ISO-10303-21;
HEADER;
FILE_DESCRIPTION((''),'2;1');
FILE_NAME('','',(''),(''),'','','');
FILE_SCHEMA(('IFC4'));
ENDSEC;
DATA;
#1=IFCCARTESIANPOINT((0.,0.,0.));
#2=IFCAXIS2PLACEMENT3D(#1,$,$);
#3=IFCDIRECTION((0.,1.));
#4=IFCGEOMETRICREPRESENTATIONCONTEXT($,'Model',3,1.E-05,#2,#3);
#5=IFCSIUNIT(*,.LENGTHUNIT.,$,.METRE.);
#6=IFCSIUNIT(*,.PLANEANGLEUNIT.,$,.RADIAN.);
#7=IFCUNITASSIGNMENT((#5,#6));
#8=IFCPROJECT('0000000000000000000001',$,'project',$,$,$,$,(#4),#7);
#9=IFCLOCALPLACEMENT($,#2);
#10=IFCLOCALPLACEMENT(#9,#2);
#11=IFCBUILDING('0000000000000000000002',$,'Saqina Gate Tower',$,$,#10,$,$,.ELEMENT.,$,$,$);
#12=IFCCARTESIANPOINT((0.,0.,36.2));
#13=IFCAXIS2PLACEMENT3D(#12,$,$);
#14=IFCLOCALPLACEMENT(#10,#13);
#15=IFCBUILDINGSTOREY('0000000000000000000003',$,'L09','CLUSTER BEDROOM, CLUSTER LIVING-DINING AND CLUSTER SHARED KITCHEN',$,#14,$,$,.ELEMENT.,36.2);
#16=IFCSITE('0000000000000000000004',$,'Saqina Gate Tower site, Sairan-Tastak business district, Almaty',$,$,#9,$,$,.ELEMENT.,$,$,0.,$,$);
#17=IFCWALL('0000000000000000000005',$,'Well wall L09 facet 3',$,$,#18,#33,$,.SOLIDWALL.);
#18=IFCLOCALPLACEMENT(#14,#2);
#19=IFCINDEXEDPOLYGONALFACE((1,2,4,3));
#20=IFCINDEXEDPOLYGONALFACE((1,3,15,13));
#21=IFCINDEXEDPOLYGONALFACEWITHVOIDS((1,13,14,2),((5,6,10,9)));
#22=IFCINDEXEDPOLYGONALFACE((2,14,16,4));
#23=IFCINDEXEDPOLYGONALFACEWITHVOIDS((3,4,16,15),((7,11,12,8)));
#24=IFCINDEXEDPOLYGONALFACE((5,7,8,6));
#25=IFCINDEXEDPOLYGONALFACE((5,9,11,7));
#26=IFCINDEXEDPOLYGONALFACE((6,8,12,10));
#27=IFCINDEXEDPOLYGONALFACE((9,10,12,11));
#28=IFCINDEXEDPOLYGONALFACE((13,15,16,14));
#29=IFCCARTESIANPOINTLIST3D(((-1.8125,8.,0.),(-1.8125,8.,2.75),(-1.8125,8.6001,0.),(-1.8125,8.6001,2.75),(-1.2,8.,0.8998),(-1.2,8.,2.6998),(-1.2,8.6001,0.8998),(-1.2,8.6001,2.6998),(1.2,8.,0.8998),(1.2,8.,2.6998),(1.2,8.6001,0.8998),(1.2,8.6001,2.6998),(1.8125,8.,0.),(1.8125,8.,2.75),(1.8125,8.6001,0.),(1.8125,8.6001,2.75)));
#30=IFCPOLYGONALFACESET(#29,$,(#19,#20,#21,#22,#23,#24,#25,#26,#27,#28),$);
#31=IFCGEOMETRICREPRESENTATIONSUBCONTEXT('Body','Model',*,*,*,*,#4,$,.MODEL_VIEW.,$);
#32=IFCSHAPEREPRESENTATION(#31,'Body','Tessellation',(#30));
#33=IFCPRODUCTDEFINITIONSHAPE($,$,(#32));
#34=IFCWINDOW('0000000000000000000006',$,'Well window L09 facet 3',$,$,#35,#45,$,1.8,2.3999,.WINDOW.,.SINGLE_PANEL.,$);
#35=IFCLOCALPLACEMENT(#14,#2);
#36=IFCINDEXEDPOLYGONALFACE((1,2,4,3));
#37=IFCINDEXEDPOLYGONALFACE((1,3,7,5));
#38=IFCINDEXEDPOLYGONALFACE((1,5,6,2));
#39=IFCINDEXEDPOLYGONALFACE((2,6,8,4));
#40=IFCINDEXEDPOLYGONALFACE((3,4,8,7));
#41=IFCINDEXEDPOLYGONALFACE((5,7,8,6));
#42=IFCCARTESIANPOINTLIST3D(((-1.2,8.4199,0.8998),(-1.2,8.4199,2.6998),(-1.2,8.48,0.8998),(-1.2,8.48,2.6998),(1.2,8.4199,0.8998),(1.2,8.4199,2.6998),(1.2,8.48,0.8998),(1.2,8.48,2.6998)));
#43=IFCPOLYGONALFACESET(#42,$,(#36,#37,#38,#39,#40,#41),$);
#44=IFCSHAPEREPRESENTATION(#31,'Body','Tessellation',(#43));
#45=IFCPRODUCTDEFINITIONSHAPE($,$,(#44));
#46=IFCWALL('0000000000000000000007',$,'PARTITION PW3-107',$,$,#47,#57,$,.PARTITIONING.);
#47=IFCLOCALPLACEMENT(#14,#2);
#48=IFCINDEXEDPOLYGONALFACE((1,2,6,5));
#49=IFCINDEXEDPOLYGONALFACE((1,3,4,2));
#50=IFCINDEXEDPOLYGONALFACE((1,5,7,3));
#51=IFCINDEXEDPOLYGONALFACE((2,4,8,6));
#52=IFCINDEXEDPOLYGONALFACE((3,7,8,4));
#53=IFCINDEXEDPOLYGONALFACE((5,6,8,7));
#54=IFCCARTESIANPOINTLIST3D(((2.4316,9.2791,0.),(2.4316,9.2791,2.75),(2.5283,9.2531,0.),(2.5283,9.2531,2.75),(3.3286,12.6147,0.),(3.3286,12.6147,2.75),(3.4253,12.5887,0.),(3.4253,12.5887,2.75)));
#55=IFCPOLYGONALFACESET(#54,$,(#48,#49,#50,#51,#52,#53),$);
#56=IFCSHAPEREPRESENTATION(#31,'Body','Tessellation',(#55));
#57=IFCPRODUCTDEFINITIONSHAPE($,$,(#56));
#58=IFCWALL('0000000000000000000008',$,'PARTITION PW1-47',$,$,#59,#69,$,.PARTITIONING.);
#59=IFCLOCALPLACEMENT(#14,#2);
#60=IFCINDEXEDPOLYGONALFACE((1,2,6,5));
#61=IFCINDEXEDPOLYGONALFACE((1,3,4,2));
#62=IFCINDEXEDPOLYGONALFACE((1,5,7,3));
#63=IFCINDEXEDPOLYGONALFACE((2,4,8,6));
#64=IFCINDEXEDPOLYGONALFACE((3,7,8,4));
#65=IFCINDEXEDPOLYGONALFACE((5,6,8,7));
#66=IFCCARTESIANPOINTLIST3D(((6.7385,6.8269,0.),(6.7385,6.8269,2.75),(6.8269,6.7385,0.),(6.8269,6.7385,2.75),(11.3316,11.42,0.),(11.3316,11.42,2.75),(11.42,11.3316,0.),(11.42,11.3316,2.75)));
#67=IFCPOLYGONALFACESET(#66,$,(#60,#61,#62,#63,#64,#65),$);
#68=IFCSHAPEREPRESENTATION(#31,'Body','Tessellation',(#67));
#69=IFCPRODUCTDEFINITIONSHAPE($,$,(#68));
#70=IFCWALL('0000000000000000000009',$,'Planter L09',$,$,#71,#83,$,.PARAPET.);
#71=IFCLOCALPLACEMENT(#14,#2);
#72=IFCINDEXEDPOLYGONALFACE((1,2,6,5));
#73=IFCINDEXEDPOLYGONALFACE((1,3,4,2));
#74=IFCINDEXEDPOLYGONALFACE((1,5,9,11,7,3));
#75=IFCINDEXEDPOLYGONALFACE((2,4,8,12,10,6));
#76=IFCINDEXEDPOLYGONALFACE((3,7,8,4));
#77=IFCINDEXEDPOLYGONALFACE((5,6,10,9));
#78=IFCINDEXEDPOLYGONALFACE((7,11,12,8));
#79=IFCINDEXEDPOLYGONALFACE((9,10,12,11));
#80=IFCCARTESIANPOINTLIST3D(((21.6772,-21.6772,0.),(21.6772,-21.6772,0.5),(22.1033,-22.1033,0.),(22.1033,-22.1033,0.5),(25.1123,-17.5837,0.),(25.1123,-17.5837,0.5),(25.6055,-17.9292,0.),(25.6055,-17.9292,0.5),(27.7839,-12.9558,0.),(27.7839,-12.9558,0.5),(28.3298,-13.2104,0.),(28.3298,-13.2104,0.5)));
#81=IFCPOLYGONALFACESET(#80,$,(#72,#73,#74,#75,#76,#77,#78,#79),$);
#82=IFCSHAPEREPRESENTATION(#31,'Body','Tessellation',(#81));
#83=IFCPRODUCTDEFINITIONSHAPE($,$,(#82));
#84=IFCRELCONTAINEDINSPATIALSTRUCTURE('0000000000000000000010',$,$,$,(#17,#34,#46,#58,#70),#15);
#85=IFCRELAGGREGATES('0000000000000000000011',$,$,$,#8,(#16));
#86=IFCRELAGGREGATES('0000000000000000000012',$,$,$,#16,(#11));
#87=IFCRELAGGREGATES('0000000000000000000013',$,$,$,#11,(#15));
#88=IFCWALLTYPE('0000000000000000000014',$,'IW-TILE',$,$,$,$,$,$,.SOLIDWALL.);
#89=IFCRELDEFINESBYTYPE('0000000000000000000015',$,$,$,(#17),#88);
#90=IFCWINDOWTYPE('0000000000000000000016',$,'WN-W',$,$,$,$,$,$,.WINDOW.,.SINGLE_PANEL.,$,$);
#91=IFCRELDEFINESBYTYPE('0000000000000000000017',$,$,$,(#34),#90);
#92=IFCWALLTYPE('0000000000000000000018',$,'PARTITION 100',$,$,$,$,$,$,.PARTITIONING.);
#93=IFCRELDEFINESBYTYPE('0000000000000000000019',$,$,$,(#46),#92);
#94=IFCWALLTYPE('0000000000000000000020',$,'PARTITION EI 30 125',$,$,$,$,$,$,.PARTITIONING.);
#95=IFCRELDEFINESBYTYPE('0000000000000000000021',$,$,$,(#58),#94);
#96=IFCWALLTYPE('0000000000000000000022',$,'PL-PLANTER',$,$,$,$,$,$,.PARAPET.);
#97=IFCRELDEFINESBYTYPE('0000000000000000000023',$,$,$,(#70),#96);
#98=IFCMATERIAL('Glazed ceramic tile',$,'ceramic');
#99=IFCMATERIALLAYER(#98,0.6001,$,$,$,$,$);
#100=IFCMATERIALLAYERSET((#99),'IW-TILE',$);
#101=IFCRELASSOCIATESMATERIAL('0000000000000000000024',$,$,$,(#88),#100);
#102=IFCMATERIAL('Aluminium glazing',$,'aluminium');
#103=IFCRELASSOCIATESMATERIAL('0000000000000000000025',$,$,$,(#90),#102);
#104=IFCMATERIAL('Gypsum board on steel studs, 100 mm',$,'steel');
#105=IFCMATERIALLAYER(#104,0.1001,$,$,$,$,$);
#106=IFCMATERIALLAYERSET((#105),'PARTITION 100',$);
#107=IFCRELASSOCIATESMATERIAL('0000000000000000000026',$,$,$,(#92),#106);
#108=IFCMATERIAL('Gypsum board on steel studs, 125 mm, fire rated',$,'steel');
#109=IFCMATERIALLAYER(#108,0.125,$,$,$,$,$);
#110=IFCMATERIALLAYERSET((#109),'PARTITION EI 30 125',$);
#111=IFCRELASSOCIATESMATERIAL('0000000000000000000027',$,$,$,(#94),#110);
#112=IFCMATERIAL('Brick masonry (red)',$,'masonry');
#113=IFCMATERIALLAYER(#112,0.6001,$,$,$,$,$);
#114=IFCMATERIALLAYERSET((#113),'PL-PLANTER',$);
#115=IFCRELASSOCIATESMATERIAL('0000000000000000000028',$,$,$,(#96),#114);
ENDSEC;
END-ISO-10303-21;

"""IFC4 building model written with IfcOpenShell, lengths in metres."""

from ifc_helpers import new_model, si_unit, direction, frame, frame_2d, origin, place, context, subcontext, project, spatial, polyline, rectangle, outline, extrude, material, layer, layer_set, type_object, element, fill, save


model = new_model("IFC4")

# Units and contexts
model_context = context("Model", 3, precision=1e-05, world=origin(), true_north=direction((0.0, 1.0)))
body_context = subcontext(model_context, "Body", "Model", "MODEL_VIEW")
ifc_project = project(units=[si_unit("LENGTHUNIT", "METRE"), si_unit("PLANEANGLEUNIT", "RADIAN")], contexts=[model_context])

# Site, building, storey
site_placement = place(None, origin())
site = spatial("IfcSite", under=ifc_project, at=site_placement, Name="Saqina Gate Tower site, Sairan-Tastak business district, Almaty", CompositionType="ELEMENT", RefElevation=0.0)
building_placement = place(site_placement, origin())
building = spatial("IfcBuilding", under=site, at=building_placement, Name="Saqina Gate Tower", CompositionType="ELEMENT")
storey_placement = place(building_placement, frame((0.0, 0.0, 36.2)))
storey = spatial("IfcBuildingStorey", under=building, at=storey_placement, Name="L09", Description="CLUSTER BEDROOM, CLUSTER LIVING-DINING AND CLUSTER SHARED KITCHEN", CompositionType="ELEMENT", Elevation=36.2)

# Wall, opening, window
ifc_material_1 = material(Name="Glazed ceramic tile", Category="ceramic")
ifc_layer_1 = layer(ifc_material_1, 0.6001)
ifc_layer_set_1 = layer_set([ifc_layer_1], Name="IW-TILE")
wall_type_1 = type_object("IfcWallType", Name="IW-TILE", PredefinedType="SOLIDWALL", material=ifc_layer_set_1)
ifc_material_2 = material(Name="Aluminium glazing", Category="aluminium")
window_type = type_object("IfcWindowType", Name="WN-W", PartitioningType="SINGLE_PANEL", PredefinedType="WINDOW", material=ifc_material_2)
wall_1_placement = place(storey_placement, frame((1.8125, 8.3, 0.0), z_axis=(0.0, 0.0, 1.0), x_axis=(-1.0, 0.0, 0.0)))
wall_1 = element("IfcWall", 1, at=wall_1_placement, inside=storey, type_object=wall_type_1, Name="Well wall L09 facet 3", PredefinedType="SOLIDWALL", context=body_context, shape_type="SweptSolid", body=[
    extrude(rectangle(XDim=3.625, YDim=0.6001, at=frame_2d((1.8125, 0.0))), origin(), (0.0, 0.0, 1.0), 2.75),
])
opening_1_placement = place(wall_1_placement, frame((0.6125, 0.0, 0.8999)))
opening_1 = element("IfcOpeningElement", 2, at=opening_1_placement, cuts=wall_1, PredefinedType="OPENING", context=body_context, shape_type="SweptSolid", body=[
    extrude(rectangle(XDim=2.3999, YDim=1.8, at=frame_2d((1.2, 0.8999))), frame((0.0, 0.312, 0.0), z_axis=(0.0, -1.0, 0.0), x_axis=(1.0, 0.0, 0.0)), (0.0, 0.0, 1.0), 0.624),
])
window_1_placement = place(opening_1_placement, origin())
window_1 = element("IfcWindow", 3, at=window_1_placement, inside=storey, type_object=window_type, Name="Well window L09 facet 3", OverallHeight=1.8, OverallWidth=2.3999, PartitioningType="SINGLE_PANEL", PredefinedType="WINDOW", context=body_context, shape_type="SweptSolid", body=[
    extrude(rectangle(XDim=2.3999, YDim=1.8, at=frame_2d((1.2, 0.8999))), frame((0.0, -0.1199, 0.0), z_axis=(0.0, -1.0, 0.0), x_axis=(1.0, 0.0, 0.0)), (0.0, 0.0, 1.0), 0.0601),
])
fill(opening_1, window_1)

# Walls
ifc_material_3 = material(Name="Gypsum board on steel studs, 100 mm", Category="steel")
ifc_layer_2 = layer(ifc_material_3, 0.1001)
ifc_layer_set_2 = layer_set([ifc_layer_2], Name="PARTITION 100")
wall_type_2 = type_object("IfcWallType", Name="PARTITION 100", PredefinedType="PARTITIONING", material=ifc_layer_set_2)
wall_2_placement = place(storey_placement, frame((2.48, 9.2661, 0.0), z_axis=(0.0, 0.0, 1.0), x_axis=(0.259677, 0.965696, 0.0)))
element("IfcWall", 4, at=wall_2_placement, inside=storey, type_object=wall_type_2, Name="PARTITION PW3-107", PredefinedType="PARTITIONING", context=body_context, shape_type="SweptSolid", body=[
    extrude(rectangle(XDim=3.4541, YDim=0.1001, at=frame_2d((1.7271, 0.0))), origin(), (0.0, 0.0, 1.0), 2.75),
])
ifc_material_4 = material(Name="Gypsum board on steel studs, 125 mm, fire rated", Category="steel")
ifc_layer_3 = layer(ifc_material_4, 0.125)
ifc_layer_set_3 = layer_set([ifc_layer_3], Name="PARTITION EI 30 125")
wall_type_3 = type_object("IfcWallType", Name="PARTITION EI 30 125", PredefinedType="PARTITIONING", material=ifc_layer_set_3)
wall_3_placement = place(storey_placement, frame((6.7827, 6.7827, 0.0), z_axis=(0.0, 0.0, 1.0), x_axis=(0.707107, 0.707107, 0.0)))
element("IfcWall", 5, at=wall_3_placement, inside=storey, type_object=wall_type_3, Name="PARTITION PW1-47", PredefinedType="PARTITIONING", context=body_context, shape_type="SweptSolid", body=[
    extrude(rectangle(XDim=6.4956, YDim=0.125, at=frame_2d((3.2478, 0.0))), origin(), (0.0, 0.0, 1.0), 2.75),
])
ifc_material_5 = material(Name="Brick masonry (red)", Category="masonry")
ifc_layer_4 = layer(ifc_material_5, 0.6001)
ifc_layer_set_4 = layer_set([ifc_layer_4], Name="PL-PLANTER")
wall_type_4 = type_object("IfcWallType", Name="PL-PLANTER", PredefinedType="PARAPET", material=ifc_layer_set_4)
wall_4_placement = place(storey_placement, origin())
element("IfcWall", 6, at=wall_4_placement, inside=storey, type_object=wall_type_4, Name="Planter L09", PredefinedType="PARAPET", context=body_context, shape_type="SweptSolid", body=[
    extrude(outline(polyline([(22.1033, -22.1033), (25.6055, -17.9292), (28.3298, -13.2104), (27.7839, -12.9558), (25.1123, -17.5837), (21.6772, -21.6772), (22.1033, -22.1033)])), origin(), (0.0, 0.0, 1.0), 0.5),
])

save(model, "model.ifc")
